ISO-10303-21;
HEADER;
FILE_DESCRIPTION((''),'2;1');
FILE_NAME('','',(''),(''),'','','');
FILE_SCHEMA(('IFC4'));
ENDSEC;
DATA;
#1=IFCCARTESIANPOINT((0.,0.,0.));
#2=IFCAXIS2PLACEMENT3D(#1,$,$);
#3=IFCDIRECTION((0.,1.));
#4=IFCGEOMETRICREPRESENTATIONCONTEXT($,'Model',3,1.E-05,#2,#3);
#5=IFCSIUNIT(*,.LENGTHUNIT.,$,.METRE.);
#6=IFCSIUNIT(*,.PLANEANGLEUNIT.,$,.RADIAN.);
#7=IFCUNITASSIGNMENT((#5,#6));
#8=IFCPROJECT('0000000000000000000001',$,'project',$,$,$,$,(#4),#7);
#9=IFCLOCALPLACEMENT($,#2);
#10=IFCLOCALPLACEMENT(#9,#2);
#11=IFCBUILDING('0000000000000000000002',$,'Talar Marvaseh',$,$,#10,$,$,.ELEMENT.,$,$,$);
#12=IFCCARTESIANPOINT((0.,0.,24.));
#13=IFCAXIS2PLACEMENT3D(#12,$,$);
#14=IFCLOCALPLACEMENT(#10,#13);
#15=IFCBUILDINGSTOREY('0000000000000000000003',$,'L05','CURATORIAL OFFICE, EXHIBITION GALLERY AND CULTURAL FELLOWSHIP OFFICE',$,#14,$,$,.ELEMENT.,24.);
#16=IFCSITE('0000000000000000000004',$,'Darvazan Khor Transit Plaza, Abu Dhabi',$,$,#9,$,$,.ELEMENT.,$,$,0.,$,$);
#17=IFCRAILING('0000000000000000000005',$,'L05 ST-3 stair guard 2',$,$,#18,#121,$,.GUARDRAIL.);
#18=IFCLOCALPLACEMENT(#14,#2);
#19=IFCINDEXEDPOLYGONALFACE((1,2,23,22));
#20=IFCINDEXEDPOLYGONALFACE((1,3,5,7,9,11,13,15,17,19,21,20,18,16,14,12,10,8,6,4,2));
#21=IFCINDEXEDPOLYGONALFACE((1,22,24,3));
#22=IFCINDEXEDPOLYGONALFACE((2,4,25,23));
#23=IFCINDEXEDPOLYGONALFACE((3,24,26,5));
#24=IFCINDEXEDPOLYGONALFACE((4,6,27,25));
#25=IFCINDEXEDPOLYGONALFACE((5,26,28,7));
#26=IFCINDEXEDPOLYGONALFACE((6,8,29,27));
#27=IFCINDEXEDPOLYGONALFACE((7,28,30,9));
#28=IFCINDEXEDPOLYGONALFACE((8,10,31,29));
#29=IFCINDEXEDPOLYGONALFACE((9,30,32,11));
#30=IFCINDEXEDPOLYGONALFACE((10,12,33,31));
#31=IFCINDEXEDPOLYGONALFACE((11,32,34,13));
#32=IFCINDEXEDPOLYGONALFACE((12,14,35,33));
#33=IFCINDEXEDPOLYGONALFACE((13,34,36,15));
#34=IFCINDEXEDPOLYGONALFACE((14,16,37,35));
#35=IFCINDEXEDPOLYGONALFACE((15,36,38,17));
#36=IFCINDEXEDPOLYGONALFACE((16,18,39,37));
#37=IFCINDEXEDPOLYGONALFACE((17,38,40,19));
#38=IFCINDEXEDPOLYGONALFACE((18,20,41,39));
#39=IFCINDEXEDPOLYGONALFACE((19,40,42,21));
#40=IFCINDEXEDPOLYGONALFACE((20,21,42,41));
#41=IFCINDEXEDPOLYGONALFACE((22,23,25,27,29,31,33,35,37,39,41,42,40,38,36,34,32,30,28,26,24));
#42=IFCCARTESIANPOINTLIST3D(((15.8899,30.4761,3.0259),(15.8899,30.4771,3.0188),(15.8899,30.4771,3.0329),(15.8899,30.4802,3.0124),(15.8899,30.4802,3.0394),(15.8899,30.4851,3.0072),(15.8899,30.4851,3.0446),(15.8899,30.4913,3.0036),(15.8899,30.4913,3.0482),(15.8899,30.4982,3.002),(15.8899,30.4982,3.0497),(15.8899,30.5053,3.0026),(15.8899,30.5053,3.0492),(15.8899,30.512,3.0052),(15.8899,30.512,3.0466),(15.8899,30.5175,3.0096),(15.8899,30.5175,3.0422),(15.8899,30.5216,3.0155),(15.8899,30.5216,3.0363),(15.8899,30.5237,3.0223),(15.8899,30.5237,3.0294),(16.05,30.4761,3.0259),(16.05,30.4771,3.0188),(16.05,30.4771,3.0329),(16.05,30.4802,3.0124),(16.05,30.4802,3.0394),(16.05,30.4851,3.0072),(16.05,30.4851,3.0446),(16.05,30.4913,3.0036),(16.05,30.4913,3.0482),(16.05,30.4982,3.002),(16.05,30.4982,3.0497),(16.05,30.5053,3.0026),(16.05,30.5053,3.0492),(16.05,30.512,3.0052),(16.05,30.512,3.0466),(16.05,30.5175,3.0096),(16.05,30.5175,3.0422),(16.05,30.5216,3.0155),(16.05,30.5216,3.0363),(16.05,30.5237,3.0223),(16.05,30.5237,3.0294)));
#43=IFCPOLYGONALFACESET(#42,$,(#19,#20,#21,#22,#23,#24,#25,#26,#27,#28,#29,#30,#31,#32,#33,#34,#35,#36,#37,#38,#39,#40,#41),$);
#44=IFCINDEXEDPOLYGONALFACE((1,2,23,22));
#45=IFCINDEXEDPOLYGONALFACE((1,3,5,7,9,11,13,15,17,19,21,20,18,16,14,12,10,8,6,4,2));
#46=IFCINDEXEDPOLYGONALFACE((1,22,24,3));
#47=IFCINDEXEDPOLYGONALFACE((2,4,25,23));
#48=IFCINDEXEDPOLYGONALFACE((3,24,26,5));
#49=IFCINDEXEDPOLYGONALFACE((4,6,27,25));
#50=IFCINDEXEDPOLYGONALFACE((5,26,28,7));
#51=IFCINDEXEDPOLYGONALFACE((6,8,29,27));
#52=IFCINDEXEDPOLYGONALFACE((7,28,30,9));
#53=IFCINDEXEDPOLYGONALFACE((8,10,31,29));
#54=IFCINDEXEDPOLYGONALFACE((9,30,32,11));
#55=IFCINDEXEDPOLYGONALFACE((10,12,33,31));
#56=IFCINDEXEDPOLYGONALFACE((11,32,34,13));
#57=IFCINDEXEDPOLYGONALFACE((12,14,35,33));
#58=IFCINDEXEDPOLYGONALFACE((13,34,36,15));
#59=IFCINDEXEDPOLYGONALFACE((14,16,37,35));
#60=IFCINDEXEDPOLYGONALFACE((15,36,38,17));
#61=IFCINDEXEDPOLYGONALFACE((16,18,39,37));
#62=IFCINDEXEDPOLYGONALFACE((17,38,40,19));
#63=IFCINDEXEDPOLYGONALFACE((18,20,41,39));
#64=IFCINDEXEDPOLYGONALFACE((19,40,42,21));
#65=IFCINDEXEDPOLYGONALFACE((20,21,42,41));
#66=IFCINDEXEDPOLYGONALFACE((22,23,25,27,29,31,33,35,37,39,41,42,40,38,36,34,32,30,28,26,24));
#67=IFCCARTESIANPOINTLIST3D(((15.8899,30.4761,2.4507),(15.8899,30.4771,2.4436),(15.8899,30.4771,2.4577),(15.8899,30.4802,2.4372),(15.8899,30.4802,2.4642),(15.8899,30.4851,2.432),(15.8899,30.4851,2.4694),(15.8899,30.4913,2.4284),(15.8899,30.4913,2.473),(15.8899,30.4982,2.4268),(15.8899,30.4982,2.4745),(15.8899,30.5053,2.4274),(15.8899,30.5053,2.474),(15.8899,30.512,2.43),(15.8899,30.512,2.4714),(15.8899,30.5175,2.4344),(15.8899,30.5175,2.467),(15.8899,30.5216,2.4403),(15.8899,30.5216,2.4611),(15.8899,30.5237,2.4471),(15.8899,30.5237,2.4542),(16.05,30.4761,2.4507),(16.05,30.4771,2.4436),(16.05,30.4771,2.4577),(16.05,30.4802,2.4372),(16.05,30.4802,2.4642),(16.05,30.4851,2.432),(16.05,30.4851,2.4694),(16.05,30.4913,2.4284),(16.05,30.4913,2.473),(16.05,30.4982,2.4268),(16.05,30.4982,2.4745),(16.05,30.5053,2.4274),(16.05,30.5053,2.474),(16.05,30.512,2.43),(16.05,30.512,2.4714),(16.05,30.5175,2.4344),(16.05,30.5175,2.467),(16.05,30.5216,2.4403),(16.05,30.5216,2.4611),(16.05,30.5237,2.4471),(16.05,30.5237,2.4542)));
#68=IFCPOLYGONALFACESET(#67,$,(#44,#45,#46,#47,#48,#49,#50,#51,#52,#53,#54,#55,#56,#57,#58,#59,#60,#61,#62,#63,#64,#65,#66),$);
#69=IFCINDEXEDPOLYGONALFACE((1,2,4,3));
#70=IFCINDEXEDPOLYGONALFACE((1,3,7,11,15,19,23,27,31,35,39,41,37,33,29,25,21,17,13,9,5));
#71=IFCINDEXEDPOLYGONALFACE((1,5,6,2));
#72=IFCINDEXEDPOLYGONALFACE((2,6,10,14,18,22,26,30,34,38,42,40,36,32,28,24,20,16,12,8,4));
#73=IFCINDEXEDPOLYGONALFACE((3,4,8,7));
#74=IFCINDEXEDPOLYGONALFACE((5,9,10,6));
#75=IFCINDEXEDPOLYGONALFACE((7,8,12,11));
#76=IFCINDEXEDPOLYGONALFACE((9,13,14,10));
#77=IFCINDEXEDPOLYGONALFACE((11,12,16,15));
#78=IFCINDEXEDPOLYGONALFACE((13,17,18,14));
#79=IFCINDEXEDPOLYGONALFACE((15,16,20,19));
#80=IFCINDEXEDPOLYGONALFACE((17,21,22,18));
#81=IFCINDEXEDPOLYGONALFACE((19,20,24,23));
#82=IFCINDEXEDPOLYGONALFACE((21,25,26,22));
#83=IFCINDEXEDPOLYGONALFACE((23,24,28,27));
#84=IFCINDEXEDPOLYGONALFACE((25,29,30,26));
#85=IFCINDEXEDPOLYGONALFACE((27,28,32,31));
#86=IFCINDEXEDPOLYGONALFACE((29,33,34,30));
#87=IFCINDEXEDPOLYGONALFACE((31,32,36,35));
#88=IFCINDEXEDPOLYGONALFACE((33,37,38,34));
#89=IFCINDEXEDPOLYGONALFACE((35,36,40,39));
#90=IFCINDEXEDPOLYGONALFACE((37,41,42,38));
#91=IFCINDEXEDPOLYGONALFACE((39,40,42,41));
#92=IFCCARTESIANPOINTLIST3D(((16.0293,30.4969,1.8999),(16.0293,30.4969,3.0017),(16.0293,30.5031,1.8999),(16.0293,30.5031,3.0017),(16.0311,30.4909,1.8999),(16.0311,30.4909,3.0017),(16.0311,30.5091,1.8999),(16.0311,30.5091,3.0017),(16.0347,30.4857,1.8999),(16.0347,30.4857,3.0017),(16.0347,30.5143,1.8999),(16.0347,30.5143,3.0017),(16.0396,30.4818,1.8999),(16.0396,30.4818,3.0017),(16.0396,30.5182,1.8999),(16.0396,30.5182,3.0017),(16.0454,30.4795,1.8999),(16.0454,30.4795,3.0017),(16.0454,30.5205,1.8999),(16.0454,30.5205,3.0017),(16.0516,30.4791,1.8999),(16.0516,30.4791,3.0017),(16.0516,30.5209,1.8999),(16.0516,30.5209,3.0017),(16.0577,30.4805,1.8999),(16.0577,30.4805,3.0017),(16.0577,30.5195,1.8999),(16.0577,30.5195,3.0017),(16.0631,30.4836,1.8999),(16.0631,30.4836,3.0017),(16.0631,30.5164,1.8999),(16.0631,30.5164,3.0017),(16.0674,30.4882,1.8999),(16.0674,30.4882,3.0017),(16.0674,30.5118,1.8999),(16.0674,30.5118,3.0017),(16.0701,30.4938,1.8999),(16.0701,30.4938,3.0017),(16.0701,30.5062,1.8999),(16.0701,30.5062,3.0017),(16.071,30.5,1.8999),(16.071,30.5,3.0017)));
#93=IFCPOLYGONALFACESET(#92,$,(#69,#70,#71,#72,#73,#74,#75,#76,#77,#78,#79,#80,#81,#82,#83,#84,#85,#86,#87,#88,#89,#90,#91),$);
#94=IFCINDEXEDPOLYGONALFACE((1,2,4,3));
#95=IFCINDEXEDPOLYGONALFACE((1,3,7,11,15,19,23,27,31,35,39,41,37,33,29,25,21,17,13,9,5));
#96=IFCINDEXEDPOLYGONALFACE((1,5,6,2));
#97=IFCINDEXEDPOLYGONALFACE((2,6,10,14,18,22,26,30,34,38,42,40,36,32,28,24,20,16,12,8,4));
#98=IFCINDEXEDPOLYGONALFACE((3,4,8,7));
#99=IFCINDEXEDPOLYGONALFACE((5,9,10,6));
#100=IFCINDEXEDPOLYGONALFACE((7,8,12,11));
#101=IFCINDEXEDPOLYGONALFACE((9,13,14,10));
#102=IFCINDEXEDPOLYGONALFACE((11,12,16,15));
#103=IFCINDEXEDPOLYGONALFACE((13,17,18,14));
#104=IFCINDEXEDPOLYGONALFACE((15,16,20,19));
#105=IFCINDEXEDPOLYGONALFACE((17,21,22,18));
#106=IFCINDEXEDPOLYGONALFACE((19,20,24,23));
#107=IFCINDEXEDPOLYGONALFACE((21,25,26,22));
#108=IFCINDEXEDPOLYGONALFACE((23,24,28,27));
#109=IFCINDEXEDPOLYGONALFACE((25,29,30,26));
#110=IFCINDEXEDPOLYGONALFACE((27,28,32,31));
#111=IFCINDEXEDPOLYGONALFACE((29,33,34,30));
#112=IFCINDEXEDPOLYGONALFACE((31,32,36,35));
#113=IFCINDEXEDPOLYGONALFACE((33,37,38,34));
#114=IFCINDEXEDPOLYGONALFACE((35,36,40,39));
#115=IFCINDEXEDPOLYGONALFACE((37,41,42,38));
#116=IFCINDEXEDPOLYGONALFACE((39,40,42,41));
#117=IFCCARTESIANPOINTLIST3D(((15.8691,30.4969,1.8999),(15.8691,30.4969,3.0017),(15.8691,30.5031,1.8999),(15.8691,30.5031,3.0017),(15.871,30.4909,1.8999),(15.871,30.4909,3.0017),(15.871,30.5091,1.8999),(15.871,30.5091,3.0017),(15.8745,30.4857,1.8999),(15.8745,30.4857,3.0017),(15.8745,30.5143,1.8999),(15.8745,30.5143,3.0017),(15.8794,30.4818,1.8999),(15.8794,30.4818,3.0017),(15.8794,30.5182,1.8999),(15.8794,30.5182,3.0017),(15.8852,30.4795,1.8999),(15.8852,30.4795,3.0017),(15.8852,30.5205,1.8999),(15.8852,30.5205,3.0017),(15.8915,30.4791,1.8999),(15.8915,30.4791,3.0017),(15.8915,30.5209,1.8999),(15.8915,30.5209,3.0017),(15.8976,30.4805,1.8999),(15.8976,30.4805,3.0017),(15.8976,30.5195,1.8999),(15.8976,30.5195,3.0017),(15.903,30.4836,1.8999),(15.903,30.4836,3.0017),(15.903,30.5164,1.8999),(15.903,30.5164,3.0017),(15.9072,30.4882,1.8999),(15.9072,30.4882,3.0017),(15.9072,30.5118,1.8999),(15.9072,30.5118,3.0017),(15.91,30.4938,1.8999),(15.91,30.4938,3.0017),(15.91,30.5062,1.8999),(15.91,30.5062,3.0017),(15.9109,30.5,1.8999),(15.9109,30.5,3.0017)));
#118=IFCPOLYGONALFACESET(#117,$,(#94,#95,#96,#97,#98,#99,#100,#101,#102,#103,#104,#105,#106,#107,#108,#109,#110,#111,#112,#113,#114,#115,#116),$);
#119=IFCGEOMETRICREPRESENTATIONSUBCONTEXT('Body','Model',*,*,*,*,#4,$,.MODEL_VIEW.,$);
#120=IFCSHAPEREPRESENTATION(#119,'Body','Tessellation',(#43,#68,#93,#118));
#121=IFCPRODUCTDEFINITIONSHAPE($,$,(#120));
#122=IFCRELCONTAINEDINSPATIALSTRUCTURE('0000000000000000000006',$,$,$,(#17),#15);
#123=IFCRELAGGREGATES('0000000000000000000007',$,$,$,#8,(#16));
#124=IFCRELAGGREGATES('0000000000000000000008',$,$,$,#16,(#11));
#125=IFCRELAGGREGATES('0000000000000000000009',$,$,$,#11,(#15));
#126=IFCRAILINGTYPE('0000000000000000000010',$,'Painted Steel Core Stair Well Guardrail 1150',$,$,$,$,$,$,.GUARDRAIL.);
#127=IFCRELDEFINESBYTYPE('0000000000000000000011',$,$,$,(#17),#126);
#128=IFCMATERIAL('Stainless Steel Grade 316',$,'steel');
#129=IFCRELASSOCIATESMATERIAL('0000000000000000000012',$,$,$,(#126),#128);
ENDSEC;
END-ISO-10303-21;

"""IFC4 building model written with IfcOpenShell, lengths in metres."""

from ifc_helpers import new_model, si_unit, direction, frame, origin, origin_2d, place, context, subcontext, project, spatial, circle, extrude, material, type_object, element, save


model = new_model("IFC4")

# Units and contexts
model_context = context("Model", 3, precision=1e-05, world=origin(), true_north=direction((0.0, 1.0)))
body_context = subcontext(model_context, "Body", "Model", "MODEL_VIEW")
ifc_project = project(units=[si_unit("LENGTHUNIT", "METRE"), si_unit("PLANEANGLEUNIT", "RADIAN")], contexts=[model_context])

# Site, building, storey
site_placement = place(None, origin())
site = spatial("IfcSite", under=ifc_project, at=site_placement, Name="Darvazan Khor Transit Plaza, Abu Dhabi", CompositionType="ELEMENT", RefElevation=0.0)
building_placement = place(site_placement, origin())
building = spatial("IfcBuilding", under=site, at=building_placement, Name="Talar Marvaseh", CompositionType="ELEMENT")
storey_placement = place(building_placement, frame((0.0, 0.0, 24.0)))
storey = spatial("IfcBuildingStorey", under=building, at=storey_placement, Name="L05", Description="CURATORIAL OFFICE, EXHIBITION GALLERY AND CULTURAL FELLOWSHIP OFFICE", CompositionType="ELEMENT", Elevation=24.0)

# Railing
ifc_material_1 = material(Name="Stainless Steel Grade 316", Category="steel")
railing_type_1 = type_object("IfcRailingType", Name="Painted Steel Core Stair Well Guardrail 1150", PredefinedType="GUARDRAIL", material=ifc_material_1)
railing_1_placement = place(storey_placement, frame((16.05, 30.5, 1.8999)))
element("IfcRailing", 1, at=railing_1_placement, inside=storey, type_object=railing_type_1, Name="L05 ST-3 stair guard 2", PredefinedType="GUARDRAIL", context=body_context, shape_type="SweptSolid", body=[
    extrude(circle(Radius=0.0239, at=origin_2d()), frame((0.0, 0.0, 1.126), z_axis=(-1.0, 0.0, 0.0), x_axis=(0.0, -1.0, 0.0)), (0.0, 0.0, 1.0), 0.1602),
    extrude(circle(Radius=0.0239, at=origin_2d()), frame((0.0, 0.0, 0.5508), z_axis=(-1.0, 0.0, 0.0), x_axis=(0.0, -1.0, 0.0)), (0.0, 0.0, 1.0), 0.1602),
    extrude(circle(Radius=0.021, at=origin_2d()), origin(), (0.0, 0.0, 1.0), 1.1018),
    extrude(circle(Radius=0.021, at=origin_2d()), frame((-0.1602, 0.0, 0.0)), (0.0, 0.0, 1.0), 1.1018),
])

save(model, "model.ifc")
